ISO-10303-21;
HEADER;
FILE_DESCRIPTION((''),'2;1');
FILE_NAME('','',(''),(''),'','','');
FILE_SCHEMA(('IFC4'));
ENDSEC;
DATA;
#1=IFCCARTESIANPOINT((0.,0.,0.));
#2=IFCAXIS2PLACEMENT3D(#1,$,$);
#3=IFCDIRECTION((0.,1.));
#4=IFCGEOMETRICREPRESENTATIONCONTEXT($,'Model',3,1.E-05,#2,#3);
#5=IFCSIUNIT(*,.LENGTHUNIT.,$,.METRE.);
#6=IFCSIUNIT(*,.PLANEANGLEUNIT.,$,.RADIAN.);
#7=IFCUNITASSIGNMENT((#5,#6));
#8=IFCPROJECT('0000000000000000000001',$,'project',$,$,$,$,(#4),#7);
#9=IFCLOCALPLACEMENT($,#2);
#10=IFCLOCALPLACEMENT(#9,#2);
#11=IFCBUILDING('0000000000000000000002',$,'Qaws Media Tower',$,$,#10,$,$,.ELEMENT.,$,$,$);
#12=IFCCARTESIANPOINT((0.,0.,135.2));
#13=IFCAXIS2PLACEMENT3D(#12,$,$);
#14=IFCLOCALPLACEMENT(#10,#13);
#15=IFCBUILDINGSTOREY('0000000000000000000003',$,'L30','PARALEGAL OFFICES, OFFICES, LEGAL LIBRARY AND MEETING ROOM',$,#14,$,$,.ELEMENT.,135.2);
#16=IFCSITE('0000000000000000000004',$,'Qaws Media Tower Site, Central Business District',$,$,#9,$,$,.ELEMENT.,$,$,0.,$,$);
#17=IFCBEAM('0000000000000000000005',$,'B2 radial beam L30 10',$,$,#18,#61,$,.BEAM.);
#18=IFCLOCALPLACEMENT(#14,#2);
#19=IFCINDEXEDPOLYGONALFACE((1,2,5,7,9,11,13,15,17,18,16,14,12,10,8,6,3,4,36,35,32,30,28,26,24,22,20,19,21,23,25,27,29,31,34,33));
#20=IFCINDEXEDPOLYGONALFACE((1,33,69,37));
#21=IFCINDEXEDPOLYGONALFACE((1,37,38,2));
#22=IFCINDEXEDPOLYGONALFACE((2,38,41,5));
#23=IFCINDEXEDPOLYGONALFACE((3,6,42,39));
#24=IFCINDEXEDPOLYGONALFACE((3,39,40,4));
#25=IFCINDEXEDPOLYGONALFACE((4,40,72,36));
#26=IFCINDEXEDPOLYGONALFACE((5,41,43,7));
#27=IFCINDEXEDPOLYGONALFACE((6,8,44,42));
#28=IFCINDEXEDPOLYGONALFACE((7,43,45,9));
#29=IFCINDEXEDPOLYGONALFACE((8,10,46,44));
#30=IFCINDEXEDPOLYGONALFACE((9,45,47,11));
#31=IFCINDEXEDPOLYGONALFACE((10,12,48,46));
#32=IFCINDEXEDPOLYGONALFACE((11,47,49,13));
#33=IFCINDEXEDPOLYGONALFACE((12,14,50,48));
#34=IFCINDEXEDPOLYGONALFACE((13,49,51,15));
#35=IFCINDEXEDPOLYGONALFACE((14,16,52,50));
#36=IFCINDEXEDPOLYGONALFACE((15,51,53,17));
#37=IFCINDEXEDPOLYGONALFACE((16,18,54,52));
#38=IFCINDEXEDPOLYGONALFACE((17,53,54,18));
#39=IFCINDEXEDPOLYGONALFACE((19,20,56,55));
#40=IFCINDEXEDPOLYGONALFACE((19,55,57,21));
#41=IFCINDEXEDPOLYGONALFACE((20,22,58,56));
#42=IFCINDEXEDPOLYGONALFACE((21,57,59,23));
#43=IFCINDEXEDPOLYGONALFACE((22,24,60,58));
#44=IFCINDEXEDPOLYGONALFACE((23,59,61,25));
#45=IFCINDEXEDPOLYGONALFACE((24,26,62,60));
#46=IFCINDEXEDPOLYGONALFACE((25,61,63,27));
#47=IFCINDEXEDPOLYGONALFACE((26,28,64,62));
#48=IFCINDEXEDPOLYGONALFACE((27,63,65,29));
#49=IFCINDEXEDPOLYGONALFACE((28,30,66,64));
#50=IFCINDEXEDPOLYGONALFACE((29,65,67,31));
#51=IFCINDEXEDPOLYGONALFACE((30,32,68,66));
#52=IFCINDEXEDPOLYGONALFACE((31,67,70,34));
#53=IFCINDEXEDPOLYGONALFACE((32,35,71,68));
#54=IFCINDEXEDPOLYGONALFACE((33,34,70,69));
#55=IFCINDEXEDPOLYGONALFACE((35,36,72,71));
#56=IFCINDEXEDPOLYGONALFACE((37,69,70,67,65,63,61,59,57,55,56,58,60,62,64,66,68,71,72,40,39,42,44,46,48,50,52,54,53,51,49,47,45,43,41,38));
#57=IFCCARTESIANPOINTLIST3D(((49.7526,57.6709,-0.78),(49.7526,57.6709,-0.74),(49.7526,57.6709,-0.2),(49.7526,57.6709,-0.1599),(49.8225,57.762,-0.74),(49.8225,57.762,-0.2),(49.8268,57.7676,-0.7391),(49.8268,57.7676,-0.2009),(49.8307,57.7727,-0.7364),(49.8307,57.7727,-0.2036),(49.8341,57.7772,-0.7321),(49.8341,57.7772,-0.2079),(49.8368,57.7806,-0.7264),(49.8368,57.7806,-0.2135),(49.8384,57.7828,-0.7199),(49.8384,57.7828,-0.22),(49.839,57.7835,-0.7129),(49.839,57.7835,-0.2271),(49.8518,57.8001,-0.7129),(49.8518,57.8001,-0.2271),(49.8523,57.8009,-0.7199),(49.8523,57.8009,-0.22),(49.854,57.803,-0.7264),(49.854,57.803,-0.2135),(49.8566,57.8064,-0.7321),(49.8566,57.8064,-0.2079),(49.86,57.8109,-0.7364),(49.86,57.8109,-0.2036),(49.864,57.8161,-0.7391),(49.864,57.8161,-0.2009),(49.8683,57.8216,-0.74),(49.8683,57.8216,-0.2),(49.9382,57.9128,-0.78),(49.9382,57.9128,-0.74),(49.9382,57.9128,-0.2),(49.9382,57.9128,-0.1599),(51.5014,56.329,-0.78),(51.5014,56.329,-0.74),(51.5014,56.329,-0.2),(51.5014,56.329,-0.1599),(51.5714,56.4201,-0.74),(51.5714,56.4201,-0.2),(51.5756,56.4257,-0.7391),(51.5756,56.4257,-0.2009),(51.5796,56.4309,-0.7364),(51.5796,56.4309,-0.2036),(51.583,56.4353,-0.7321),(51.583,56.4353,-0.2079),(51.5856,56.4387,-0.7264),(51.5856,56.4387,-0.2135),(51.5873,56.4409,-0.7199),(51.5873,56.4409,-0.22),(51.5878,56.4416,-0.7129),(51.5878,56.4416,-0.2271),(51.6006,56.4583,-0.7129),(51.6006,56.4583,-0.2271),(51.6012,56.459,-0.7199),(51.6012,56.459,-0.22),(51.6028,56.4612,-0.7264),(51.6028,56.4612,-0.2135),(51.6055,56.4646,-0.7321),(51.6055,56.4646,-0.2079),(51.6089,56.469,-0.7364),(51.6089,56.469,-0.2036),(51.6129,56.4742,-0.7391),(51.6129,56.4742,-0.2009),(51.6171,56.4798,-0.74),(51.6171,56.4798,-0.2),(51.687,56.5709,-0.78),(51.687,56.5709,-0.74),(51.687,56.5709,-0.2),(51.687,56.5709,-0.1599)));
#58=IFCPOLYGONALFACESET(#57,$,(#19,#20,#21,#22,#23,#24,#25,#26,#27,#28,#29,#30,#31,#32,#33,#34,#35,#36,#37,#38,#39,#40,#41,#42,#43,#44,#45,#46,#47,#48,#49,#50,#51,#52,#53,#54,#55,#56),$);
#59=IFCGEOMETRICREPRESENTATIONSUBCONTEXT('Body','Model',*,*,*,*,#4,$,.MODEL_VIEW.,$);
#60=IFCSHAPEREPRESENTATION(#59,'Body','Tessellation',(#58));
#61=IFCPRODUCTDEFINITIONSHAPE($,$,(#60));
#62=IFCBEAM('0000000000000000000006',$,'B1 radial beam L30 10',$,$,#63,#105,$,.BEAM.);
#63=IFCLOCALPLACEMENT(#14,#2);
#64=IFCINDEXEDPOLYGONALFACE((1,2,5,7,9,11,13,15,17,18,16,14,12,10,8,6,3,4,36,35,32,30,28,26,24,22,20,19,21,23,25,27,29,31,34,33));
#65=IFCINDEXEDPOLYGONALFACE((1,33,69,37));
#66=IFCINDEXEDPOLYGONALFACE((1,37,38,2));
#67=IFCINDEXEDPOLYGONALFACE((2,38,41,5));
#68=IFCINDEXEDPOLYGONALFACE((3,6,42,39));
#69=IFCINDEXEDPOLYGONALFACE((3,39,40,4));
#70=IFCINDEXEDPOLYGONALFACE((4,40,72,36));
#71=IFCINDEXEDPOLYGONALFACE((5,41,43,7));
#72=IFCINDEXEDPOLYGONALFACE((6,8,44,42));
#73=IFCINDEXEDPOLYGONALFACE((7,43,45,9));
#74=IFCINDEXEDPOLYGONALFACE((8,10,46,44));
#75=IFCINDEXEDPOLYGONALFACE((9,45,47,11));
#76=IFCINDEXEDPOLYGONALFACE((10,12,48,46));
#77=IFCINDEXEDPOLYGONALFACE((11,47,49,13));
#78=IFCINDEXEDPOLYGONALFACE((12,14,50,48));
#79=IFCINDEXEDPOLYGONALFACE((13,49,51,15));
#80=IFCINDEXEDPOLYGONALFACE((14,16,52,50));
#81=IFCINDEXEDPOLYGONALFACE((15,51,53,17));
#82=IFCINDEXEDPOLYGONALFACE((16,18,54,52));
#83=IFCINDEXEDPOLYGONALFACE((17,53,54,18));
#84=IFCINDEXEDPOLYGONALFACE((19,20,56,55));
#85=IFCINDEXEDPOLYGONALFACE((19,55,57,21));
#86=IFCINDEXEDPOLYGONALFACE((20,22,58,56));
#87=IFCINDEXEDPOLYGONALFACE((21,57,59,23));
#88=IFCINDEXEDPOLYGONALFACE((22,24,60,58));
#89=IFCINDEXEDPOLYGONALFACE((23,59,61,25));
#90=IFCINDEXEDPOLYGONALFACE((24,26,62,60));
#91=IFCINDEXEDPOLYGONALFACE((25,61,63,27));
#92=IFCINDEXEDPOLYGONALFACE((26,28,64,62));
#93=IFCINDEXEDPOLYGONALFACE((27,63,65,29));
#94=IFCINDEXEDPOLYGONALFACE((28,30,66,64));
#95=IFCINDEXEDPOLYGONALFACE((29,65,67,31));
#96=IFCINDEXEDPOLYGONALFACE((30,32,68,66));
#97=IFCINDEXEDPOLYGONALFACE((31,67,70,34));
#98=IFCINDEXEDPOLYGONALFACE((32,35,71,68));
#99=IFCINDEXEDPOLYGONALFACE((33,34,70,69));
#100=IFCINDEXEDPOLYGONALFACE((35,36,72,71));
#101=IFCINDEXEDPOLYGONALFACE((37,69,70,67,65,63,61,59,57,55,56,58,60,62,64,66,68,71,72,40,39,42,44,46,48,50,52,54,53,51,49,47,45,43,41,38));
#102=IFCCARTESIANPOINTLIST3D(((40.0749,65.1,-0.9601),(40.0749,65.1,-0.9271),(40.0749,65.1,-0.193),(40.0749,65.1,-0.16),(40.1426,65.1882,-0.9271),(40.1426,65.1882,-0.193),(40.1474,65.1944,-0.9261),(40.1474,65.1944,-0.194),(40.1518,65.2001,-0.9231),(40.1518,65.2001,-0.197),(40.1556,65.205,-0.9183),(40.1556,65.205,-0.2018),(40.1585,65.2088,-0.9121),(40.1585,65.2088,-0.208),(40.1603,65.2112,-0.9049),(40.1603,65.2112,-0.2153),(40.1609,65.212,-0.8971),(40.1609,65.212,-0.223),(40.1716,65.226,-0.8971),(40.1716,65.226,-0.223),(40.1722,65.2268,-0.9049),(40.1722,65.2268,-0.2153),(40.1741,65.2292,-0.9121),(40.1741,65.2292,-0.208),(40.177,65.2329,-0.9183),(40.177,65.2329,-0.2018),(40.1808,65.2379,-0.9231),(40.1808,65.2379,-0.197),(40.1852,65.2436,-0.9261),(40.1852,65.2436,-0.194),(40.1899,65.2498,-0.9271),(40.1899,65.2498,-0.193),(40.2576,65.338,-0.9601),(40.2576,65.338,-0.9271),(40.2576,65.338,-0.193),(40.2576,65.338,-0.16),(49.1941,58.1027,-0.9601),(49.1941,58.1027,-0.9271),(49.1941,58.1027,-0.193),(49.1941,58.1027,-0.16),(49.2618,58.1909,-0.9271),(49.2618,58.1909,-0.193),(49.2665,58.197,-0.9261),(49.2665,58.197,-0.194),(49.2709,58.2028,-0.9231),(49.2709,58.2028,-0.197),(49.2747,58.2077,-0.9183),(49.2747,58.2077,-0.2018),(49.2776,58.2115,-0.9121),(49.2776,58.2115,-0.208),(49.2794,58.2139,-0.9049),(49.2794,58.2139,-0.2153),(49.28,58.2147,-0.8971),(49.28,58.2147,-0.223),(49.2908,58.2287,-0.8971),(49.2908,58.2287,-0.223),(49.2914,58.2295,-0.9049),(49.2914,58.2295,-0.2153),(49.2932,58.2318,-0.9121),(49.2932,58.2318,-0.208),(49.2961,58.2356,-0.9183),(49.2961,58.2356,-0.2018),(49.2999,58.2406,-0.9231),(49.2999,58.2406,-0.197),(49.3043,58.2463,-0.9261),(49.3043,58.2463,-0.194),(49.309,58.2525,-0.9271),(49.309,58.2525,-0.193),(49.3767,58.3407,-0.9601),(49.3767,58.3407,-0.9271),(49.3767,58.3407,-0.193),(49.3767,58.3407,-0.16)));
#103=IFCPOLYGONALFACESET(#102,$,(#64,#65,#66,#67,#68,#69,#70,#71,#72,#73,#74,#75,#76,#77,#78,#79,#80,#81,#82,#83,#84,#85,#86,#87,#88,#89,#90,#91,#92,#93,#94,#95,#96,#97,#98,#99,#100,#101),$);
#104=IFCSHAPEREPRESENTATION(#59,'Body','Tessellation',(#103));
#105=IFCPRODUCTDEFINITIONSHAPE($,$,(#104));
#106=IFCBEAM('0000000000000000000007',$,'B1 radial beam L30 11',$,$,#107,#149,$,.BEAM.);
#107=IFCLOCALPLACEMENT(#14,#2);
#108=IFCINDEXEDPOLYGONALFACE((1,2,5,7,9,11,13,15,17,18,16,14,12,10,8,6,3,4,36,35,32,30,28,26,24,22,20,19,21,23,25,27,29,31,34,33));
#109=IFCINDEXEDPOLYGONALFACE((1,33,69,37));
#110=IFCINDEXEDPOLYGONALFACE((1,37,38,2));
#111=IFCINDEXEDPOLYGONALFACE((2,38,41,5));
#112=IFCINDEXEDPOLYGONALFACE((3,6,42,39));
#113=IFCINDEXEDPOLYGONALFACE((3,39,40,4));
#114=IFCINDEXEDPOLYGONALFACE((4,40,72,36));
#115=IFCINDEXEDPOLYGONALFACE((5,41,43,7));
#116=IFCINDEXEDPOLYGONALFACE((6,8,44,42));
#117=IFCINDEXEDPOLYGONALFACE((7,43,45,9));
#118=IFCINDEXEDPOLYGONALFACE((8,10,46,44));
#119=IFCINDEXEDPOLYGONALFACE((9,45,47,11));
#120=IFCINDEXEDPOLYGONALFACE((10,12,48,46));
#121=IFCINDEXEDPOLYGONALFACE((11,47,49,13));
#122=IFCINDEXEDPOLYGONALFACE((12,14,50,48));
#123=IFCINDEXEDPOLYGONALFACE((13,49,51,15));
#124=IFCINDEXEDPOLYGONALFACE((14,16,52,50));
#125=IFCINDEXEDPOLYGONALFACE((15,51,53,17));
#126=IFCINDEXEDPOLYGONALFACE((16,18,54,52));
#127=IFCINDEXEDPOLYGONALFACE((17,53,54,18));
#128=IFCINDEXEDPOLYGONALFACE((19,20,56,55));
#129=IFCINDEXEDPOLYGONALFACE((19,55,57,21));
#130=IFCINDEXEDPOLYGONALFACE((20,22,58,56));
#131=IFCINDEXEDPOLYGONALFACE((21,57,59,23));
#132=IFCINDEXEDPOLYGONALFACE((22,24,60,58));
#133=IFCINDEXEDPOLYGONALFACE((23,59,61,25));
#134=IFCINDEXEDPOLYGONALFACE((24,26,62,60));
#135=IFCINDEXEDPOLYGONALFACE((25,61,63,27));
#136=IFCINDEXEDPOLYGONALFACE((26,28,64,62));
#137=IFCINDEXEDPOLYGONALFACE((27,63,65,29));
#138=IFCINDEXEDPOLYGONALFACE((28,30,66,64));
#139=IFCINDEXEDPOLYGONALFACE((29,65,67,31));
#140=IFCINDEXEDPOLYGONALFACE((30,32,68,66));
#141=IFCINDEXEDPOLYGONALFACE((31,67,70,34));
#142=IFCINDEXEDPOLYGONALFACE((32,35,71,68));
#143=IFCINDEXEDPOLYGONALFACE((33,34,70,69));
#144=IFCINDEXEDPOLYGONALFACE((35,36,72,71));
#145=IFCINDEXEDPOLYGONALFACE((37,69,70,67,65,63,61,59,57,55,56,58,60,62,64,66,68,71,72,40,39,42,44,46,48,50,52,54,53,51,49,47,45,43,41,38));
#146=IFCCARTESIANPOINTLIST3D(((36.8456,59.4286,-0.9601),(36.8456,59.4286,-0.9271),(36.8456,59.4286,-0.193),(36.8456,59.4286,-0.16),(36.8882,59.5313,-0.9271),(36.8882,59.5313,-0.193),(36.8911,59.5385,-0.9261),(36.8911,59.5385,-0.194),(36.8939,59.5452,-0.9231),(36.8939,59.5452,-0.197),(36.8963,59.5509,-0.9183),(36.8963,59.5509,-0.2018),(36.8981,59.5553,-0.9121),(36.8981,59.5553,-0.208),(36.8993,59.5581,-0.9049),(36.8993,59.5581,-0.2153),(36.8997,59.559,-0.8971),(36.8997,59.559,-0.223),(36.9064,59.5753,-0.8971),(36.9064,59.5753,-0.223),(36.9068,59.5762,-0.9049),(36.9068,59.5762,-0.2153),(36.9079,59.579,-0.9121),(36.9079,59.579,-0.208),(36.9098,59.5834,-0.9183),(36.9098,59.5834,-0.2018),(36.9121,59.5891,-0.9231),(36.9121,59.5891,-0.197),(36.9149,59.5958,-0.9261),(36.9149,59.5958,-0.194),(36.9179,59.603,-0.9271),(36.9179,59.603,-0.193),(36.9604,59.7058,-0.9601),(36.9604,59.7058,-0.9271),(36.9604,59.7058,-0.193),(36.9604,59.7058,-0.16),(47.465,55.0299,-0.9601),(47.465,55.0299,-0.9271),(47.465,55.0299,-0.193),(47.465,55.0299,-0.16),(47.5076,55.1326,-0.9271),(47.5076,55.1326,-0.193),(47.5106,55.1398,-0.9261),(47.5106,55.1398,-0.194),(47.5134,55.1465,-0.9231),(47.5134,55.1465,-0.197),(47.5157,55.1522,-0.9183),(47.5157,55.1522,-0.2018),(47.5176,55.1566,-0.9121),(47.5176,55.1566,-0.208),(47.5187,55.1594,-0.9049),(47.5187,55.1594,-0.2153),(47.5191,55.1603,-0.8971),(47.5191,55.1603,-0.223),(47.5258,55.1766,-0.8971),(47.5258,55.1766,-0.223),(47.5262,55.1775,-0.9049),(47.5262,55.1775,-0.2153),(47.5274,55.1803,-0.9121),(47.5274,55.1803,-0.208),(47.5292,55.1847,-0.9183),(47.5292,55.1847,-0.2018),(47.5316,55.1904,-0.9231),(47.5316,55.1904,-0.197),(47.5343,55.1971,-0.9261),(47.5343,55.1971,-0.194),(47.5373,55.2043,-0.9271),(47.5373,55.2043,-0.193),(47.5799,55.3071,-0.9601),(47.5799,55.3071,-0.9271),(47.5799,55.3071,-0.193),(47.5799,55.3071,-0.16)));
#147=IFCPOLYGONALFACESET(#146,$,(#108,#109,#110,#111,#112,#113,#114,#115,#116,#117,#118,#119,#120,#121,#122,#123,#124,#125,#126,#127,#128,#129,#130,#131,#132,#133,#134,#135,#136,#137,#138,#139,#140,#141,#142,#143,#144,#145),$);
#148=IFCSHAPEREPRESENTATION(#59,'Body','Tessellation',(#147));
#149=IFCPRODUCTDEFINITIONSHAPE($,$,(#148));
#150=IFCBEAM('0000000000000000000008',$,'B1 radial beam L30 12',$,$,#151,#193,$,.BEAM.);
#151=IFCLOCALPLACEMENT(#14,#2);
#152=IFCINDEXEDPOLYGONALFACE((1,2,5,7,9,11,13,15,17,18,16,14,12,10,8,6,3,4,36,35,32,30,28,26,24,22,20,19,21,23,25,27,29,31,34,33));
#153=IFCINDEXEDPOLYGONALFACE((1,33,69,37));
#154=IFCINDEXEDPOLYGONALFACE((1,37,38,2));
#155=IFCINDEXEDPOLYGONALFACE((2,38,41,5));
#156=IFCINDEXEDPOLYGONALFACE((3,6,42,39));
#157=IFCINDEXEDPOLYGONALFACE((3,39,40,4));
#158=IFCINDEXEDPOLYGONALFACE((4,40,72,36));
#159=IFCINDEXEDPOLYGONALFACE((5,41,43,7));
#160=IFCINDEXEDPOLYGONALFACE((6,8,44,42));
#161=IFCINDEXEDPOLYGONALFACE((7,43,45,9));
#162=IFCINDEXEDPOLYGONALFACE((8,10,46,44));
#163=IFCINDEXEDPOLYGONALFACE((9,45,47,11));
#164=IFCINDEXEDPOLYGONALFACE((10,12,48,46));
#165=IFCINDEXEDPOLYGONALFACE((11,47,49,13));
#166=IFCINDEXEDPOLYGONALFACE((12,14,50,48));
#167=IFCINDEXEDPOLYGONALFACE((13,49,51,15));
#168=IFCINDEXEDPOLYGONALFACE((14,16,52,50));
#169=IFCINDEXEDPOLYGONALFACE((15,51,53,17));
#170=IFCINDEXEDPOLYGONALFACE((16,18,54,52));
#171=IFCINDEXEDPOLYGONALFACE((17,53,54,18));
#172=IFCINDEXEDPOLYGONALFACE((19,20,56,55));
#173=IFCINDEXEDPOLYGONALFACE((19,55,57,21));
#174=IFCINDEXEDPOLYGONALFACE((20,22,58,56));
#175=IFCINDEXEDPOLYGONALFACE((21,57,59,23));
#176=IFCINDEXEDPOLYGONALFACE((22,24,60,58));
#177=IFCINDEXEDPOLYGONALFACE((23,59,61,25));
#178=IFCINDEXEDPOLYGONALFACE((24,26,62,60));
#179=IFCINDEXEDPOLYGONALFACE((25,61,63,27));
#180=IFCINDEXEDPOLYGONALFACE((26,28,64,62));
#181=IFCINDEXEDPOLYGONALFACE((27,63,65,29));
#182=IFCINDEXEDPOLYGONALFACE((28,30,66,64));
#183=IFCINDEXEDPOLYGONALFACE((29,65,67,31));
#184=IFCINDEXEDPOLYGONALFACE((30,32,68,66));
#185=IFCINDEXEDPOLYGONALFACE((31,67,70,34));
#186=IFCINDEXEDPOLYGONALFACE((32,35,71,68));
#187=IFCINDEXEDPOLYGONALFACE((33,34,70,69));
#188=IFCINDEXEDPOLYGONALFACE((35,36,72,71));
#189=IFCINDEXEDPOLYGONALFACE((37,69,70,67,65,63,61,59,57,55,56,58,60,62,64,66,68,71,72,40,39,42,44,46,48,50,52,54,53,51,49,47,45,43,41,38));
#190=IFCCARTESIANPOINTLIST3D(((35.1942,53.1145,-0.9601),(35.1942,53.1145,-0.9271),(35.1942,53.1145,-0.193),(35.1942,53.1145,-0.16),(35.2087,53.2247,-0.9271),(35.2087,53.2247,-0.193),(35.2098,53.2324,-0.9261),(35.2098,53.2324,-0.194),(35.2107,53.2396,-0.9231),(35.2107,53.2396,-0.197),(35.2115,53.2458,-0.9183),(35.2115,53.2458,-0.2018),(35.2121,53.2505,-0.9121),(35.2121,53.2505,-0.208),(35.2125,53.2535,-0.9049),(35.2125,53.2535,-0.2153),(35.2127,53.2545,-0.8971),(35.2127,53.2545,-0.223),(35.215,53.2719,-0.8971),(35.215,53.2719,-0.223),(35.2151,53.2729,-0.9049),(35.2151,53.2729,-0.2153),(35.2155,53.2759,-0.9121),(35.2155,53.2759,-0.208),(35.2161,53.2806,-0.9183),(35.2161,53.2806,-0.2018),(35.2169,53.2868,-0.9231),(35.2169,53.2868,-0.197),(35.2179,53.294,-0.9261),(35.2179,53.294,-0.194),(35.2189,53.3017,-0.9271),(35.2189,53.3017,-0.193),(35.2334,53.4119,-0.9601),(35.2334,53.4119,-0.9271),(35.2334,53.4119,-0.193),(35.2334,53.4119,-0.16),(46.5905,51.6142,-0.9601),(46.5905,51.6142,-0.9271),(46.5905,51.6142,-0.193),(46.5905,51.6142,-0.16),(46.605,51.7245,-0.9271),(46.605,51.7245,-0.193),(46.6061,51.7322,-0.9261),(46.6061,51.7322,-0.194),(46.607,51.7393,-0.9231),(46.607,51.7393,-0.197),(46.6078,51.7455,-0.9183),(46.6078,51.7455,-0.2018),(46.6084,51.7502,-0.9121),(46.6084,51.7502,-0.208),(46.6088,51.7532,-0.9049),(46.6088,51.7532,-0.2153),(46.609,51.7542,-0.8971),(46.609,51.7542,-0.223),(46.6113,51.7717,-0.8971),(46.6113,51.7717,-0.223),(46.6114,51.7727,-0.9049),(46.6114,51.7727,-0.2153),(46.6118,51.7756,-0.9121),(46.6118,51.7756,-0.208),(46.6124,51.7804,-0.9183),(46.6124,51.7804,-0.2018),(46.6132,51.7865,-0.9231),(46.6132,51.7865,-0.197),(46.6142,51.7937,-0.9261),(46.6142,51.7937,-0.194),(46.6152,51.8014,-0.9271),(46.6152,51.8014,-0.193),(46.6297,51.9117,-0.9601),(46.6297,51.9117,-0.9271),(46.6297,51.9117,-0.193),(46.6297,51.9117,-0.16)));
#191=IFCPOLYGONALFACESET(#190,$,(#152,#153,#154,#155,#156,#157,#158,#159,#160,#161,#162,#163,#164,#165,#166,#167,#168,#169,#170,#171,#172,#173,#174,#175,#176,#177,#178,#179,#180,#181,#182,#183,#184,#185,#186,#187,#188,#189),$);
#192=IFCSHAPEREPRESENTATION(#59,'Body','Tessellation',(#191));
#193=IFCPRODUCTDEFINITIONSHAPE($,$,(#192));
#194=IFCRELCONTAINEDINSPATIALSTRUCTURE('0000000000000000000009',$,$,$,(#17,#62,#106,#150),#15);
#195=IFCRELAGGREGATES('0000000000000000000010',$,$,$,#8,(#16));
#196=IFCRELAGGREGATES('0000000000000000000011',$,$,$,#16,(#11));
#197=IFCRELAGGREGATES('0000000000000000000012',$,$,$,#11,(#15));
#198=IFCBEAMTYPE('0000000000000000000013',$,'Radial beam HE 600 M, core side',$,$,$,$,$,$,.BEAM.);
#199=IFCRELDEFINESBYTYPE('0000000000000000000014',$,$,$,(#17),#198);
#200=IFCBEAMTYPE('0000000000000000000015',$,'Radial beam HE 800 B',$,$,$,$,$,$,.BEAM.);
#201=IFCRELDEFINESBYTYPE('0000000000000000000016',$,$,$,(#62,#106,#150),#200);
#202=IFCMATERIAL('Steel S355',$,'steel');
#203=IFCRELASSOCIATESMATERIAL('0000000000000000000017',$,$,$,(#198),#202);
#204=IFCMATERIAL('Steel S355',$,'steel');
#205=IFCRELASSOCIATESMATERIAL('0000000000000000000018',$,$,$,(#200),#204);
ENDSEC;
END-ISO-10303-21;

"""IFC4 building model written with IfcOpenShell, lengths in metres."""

from ifc_helpers import new_model, si_unit, direction, frame, origin, origin_2d, place, context, subcontext, project, spatial, i_section, extrude, material, material_profile, profile_set, type_object, element, save


model = new_model("IFC4")

# Units and contexts
model_context = context("Model", 3, precision=1e-05, world=origin(), true_north=direction((0.0, 1.0)))
body_context = subcontext(model_context, "Body", "Model", "MODEL_VIEW")
ifc_project = project(units=[si_unit("LENGTHUNIT", "METRE"), si_unit("PLANEANGLEUNIT", "RADIAN")], contexts=[model_context])

# Site, building, storey
site_placement = place(None, origin())
site = spatial("IfcSite", under=ifc_project, at=site_placement, Name="Qaws Media Tower Site, Central Business District", CompositionType="ELEMENT", RefElevation=0.0)
building_placement = place(site_placement, origin())
building = spatial("IfcBuilding", under=site, at=building_placement, Name="Qaws Media Tower", CompositionType="ELEMENT")
storey_placement = place(building_placement, frame((0.0, 0.0, 135.2)))
storey = spatial("IfcBuildingStorey", under=building, at=storey_placement, Name="L30", Description="PARALEGAL OFFICES, OFFICES, LEGAL LIBRARY AND MEETING ROOM", CompositionType="ELEMENT", Elevation=135.2)

# Beams
ifc_material_1 = material(Name="Steel S355", Category="steel")
ifc_material_profile_1 = material_profile(ifc_material_1, i_section(OverallWidth=0.3049, OverallDepth=0.6201, WebThickness=0.021, FlangeThickness=0.04, FilletRadius=0.0271, at=origin_2d()), Name="HE 600 M")
ifc_profile_set_1 = profile_set([ifc_material_profile_1], Name="Steel S355")
beam_type_1 = type_object("IfcBeamType", Name="Radial beam HE 600 M, core side", PredefinedType="BEAM", material=ifc_profile_set_1)
beam_1_placement = place(storey_placement, frame((51.5942, 56.45, -0.47), z_axis=(-0.793373, 0.608736, 0.0), x_axis=(-0.608736, -0.793373, 0.0)))
element("IfcBeam", 1, at=beam_1_placement, inside=storey, type_object=beam_type_1, Name="B2 radial beam L30 10", PredefinedType="BEAM", context=body_context, shape_type="SweptSolid", body=[
    extrude(i_section(OverallWidth=0.3049, OverallDepth=0.6201, WebThickness=0.021, FlangeThickness=0.04, FilletRadius=0.0271, at=origin_2d()), origin(), (0.0, 0.0, 1.0), 2.2043),
])
ifc_material_2 = material(Name="Steel S355", Category="steel")
ifc_material_profile_2 = material_profile(ifc_material_2, i_section(OverallWidth=0.3, OverallDepth=0.8, WebThickness=0.0176, FlangeThickness=0.033, FilletRadius=0.03, at=origin_2d()), Name="HE 800 B")
ifc_profile_set_2 = profile_set([ifc_material_profile_2], Name="Steel S355")
beam_type_2 = type_object("IfcBeamType", Name="Radial beam HE 800 B", PredefinedType="BEAM", material=ifc_profile_set_2)
for number, where, z_axis, x_axis, name in (
    (2, (49.2854, 58.2217, -0.5601), (-0.793355, 0.608759, 0.0), (-0.608759, -0.793355, 0.0), "B1 radial beam L30 10"),
    (3, (47.5225, 55.1685, -0.5601), (-0.92388, 0.382683, 0.0), (-0.382683, -0.92388, 0.0), "B1 radial beam L30 11"),
):
    element("IfcBeam", number, at=place(storey_placement, frame(where, z_axis=z_axis, x_axis=x_axis)), inside=storey, type_object=beam_type_2, Name=name, PredefinedType="BEAM", context=body_context, shape_type="SweptSolid", body=[
        extrude(i_section(OverallWidth=0.3, OverallDepth=0.8, WebThickness=0.0176, FlangeThickness=0.033, FilletRadius=0.03, at=origin_2d()), origin(), (0.0, 0.0, 1.0), 11.4944),
    ])
beam_2_placement = place(storey_placement, frame((46.6101, 51.7629, -0.5601), z_axis=(-0.991446, 0.130518, 0.0), x_axis=(-0.130518, -0.991446, 0.0)))
element("IfcBeam", 4, at=beam_2_placement, inside=storey, type_object=beam_type_2, Name="B1 radial beam L30 12", PredefinedType="BEAM", context=body_context, shape_type="SweptSolid", body=[
    extrude(i_section(OverallWidth=0.3, OverallDepth=0.8, WebThickness=0.0176, FlangeThickness=0.033, FilletRadius=0.03, at=origin_2d()), origin(), (0.0, 0.0, 1.0), 11.4946),
])

save(model, "model.ifc")
